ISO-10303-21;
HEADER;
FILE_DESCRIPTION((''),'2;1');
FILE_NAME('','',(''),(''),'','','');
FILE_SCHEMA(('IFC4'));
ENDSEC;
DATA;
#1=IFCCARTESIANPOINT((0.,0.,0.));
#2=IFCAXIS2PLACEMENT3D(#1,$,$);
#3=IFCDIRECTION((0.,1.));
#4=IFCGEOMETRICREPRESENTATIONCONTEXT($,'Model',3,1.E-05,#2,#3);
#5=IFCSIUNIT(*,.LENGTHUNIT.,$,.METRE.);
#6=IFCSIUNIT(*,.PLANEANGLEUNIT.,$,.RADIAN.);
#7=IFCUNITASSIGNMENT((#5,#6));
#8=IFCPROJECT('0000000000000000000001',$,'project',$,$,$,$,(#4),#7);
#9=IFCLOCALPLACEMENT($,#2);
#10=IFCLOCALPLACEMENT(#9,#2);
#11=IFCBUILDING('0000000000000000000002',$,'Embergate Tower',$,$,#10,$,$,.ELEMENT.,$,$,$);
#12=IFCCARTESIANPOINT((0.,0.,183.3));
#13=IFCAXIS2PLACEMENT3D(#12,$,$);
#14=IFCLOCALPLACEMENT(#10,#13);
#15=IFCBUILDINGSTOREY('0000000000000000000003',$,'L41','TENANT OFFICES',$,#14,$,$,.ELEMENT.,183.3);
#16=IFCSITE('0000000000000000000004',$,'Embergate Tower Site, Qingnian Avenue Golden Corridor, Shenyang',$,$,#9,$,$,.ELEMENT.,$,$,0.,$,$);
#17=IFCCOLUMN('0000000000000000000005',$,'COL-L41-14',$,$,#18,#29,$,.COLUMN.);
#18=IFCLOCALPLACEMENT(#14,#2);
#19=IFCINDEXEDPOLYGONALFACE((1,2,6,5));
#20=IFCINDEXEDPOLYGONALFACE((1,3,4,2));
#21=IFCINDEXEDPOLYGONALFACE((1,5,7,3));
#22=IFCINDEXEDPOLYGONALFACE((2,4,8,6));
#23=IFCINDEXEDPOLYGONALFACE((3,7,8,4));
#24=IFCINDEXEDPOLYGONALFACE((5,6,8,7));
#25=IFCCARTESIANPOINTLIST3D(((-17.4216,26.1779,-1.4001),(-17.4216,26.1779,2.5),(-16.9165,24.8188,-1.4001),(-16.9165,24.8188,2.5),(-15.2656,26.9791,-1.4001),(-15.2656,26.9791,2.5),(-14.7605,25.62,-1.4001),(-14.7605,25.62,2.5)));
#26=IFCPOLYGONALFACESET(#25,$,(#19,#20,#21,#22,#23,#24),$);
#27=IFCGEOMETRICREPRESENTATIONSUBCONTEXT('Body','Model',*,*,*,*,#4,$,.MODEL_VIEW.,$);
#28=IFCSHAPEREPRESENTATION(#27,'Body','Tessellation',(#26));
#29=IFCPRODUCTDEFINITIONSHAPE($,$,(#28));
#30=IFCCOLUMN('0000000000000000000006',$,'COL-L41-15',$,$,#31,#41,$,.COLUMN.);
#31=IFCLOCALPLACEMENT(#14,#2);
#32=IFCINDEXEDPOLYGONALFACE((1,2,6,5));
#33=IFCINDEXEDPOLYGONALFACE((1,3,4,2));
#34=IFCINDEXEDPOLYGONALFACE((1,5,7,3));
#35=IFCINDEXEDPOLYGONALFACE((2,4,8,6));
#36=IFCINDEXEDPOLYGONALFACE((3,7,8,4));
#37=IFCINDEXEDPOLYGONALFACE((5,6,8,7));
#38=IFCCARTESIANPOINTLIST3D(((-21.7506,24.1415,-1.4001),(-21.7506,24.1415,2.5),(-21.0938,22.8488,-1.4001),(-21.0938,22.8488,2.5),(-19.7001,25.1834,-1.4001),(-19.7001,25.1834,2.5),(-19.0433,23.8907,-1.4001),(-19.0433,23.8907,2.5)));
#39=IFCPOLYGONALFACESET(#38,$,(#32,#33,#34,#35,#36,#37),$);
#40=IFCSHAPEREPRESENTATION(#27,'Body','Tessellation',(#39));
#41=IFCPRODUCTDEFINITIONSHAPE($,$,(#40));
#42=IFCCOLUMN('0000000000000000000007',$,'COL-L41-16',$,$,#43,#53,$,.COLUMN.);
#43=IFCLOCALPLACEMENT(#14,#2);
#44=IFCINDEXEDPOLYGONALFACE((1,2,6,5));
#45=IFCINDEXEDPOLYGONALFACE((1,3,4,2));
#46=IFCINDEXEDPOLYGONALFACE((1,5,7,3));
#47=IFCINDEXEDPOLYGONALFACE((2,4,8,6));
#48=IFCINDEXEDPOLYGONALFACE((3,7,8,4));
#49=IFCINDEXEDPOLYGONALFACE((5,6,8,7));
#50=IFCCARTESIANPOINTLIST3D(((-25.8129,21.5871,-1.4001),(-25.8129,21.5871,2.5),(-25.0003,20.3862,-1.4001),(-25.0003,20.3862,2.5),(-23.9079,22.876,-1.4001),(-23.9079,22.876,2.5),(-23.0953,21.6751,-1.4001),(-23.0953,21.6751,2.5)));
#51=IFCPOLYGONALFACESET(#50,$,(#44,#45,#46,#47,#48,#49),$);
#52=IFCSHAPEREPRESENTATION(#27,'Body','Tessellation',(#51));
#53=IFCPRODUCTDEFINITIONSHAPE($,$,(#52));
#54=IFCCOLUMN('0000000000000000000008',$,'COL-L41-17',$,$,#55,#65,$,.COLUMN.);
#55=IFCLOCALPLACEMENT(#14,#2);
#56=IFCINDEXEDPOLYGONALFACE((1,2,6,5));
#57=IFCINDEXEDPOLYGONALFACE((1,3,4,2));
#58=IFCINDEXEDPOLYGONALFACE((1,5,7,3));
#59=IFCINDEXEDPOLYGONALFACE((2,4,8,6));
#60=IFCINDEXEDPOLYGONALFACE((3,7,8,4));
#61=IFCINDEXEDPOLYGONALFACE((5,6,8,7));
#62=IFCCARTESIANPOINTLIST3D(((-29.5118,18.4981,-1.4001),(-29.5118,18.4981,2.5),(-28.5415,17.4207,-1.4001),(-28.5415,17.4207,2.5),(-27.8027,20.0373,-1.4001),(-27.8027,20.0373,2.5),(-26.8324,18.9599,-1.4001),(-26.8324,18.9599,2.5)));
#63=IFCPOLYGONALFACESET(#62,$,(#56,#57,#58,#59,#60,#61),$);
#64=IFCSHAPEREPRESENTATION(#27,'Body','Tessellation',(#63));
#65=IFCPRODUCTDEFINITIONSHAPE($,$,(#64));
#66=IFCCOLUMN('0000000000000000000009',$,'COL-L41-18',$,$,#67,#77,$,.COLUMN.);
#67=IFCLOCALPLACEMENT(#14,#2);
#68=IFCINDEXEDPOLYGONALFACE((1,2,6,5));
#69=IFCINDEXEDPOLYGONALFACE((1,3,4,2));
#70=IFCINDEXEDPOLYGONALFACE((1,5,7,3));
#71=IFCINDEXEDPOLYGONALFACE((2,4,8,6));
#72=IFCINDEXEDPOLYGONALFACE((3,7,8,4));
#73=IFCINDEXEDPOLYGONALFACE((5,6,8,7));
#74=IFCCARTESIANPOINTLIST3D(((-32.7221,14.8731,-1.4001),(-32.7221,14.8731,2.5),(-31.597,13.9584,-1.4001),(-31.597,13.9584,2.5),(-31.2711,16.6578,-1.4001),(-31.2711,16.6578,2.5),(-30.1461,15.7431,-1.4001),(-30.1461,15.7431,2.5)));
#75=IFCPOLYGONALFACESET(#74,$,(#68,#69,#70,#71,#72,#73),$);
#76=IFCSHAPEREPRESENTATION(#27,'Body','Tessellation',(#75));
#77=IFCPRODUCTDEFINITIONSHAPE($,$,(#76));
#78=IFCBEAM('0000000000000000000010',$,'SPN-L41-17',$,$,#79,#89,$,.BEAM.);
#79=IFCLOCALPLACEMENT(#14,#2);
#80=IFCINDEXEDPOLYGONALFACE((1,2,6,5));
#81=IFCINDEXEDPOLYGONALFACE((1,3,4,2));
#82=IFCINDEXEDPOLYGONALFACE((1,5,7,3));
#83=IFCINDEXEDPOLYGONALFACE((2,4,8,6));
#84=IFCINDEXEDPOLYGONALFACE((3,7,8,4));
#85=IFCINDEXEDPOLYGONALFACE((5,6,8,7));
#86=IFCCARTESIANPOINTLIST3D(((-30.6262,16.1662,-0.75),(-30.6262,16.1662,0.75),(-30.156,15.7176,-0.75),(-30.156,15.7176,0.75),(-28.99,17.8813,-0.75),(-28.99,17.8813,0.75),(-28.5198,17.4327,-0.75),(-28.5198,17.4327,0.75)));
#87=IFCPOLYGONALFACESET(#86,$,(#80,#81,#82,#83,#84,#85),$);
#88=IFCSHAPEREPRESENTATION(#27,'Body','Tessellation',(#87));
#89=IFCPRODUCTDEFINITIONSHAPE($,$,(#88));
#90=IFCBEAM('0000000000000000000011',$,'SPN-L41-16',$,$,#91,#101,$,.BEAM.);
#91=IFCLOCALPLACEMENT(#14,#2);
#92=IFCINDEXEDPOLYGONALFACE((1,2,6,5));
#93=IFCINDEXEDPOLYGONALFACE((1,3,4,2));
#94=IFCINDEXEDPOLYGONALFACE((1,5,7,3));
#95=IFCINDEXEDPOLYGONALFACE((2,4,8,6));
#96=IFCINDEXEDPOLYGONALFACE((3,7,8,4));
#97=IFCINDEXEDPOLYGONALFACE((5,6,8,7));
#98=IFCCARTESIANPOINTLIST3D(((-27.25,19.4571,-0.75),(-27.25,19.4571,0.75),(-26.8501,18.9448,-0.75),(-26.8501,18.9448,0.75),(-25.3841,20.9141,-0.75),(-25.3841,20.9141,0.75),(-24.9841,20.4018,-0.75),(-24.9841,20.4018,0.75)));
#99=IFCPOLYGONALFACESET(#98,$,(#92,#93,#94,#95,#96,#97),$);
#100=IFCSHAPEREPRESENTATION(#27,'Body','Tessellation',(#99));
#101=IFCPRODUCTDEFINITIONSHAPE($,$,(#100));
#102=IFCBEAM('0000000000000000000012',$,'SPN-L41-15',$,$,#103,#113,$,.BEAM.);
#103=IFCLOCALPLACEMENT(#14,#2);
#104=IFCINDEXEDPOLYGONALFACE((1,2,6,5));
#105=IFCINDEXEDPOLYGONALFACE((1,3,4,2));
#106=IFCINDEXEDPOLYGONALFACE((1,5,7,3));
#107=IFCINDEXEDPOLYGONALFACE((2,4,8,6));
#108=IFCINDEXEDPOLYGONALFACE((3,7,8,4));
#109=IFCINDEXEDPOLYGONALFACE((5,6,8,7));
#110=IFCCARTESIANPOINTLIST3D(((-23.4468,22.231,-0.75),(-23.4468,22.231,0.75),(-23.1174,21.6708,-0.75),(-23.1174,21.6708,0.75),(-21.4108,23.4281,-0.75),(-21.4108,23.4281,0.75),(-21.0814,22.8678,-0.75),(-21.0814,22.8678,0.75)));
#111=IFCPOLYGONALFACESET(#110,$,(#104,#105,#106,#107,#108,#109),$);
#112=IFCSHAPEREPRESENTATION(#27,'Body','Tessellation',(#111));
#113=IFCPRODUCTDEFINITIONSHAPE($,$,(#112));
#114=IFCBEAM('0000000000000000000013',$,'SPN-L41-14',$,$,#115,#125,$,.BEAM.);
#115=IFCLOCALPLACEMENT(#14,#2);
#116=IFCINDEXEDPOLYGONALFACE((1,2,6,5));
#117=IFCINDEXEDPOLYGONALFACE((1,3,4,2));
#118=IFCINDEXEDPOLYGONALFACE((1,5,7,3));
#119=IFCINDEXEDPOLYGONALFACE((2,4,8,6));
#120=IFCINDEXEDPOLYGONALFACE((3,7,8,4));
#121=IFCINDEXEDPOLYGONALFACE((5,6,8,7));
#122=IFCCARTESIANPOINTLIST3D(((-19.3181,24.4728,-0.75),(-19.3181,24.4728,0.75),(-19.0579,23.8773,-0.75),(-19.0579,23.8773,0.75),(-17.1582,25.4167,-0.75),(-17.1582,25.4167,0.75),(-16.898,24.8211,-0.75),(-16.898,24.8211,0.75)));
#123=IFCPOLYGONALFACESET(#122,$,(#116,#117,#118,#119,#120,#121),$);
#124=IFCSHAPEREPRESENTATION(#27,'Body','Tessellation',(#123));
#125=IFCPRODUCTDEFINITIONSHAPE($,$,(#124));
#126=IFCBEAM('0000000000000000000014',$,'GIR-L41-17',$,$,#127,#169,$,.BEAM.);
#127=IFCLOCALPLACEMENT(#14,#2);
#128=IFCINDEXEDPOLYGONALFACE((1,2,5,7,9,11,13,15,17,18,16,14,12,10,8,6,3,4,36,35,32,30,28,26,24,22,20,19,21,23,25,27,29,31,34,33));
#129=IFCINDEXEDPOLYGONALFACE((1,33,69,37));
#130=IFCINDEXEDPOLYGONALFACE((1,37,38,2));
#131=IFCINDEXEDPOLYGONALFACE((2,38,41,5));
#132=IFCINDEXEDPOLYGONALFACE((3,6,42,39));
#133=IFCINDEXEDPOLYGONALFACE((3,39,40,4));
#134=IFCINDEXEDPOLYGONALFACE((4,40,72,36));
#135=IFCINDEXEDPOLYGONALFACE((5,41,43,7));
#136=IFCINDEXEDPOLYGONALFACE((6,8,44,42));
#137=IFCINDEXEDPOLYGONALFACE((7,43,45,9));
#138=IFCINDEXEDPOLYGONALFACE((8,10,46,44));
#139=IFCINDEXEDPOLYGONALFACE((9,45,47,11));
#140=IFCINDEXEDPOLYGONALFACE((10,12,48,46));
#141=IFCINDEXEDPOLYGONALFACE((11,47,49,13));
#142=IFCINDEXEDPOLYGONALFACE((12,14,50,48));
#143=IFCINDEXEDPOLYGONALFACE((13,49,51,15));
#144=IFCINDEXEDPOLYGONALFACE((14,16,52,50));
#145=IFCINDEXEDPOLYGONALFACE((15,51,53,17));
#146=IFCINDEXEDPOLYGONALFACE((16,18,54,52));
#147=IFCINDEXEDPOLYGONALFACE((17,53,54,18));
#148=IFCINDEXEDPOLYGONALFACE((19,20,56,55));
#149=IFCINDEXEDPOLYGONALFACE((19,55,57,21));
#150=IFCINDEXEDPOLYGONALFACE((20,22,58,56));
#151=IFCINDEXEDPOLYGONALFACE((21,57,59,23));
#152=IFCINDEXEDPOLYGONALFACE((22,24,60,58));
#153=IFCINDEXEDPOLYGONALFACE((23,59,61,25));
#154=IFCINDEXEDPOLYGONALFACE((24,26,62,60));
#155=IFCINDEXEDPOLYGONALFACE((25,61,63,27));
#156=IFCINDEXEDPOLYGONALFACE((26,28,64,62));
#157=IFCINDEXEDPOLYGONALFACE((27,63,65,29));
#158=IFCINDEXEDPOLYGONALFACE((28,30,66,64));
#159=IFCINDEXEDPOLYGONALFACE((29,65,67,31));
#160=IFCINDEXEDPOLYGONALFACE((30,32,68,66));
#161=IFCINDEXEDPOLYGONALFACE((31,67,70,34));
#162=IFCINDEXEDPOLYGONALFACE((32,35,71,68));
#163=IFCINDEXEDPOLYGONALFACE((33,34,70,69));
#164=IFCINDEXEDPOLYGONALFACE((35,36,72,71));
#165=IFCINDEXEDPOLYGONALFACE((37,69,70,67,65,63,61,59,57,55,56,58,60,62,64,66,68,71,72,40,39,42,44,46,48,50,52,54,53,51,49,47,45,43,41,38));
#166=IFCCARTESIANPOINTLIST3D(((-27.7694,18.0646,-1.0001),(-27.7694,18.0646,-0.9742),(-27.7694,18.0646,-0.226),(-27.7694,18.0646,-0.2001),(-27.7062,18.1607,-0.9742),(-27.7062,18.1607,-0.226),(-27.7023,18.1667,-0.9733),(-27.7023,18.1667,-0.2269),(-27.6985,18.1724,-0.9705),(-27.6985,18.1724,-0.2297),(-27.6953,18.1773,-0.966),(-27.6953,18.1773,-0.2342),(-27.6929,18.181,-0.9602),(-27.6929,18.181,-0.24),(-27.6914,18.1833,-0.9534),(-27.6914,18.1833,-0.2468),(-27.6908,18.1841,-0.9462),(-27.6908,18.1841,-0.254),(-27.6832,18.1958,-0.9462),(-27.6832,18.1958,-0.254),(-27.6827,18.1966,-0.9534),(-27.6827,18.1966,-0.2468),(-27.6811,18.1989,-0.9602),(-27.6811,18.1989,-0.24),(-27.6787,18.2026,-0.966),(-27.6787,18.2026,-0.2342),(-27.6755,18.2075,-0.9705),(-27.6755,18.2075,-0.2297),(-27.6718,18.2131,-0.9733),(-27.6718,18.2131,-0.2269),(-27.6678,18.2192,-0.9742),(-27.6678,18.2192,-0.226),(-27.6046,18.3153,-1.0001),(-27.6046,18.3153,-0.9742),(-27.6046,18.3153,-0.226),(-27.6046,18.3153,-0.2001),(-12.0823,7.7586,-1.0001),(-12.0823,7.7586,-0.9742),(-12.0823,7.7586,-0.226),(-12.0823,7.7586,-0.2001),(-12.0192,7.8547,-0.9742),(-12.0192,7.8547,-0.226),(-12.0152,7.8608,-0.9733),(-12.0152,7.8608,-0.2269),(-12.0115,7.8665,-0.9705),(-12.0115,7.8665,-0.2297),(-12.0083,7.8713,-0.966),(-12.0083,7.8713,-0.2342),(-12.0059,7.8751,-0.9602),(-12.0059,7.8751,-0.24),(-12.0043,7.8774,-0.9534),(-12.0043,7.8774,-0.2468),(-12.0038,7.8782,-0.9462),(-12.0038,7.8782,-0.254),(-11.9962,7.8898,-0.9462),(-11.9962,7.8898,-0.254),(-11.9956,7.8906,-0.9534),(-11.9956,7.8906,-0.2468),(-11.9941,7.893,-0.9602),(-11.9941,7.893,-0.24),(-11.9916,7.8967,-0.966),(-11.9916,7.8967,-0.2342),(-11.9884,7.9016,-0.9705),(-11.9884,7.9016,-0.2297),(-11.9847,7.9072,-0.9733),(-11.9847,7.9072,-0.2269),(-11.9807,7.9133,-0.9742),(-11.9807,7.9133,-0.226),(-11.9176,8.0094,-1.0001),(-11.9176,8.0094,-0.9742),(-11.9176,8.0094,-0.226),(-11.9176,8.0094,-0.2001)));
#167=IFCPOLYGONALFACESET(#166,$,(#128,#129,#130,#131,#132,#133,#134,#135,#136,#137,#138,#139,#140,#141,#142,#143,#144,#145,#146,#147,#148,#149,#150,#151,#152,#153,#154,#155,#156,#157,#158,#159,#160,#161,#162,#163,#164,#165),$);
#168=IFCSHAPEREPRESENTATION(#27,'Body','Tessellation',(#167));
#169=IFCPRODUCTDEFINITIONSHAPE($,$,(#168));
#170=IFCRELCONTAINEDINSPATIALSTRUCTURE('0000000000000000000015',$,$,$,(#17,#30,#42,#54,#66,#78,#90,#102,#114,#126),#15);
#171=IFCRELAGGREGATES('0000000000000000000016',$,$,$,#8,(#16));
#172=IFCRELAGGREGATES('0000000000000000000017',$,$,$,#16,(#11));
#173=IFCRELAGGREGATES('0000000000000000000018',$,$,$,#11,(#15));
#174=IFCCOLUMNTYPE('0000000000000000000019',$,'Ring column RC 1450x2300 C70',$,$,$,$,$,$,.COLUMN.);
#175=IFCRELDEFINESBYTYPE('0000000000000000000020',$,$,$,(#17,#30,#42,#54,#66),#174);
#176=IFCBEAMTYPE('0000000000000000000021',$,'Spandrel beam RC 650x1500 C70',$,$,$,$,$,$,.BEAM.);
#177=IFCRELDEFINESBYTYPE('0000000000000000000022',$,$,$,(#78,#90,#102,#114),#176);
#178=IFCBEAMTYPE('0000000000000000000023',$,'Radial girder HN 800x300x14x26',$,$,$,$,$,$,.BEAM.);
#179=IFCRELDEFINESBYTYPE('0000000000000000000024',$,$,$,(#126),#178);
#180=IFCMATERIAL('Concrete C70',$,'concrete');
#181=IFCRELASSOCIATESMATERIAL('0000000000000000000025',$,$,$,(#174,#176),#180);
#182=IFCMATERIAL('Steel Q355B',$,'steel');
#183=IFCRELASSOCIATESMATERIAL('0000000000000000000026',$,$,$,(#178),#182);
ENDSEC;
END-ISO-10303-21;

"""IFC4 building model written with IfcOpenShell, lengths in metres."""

from ifc_helpers import new_model, si_unit, direction, frame, origin, origin_2d, place, context, subcontext, project, spatial, rectangle, i_section, extrude, source, transform, mapped, material, material_profile, profile_set, type_object, element, save


model = new_model("IFC4")

# Units and contexts
model_context = context("Model", 3, precision=1e-05, world=origin(), true_north=direction((0.0, 1.0)))
body_context = subcontext(model_context, "Body", "Model", "MODEL_VIEW")
ifc_project = project(units=[si_unit("LENGTHUNIT", "METRE"), si_unit("PLANEANGLEUNIT", "RADIAN")], contexts=[model_context])

# Site, building, storey
site_placement = place(None, origin())
site = spatial("IfcSite", under=ifc_project, at=site_placement, Name="Embergate Tower Site, Qingnian Avenue Golden Corridor, Shenyang", CompositionType="ELEMENT", RefElevation=0.0)
building_placement = place(site_placement, origin())
building = spatial("IfcBuilding", under=site, at=building_placement, Name="Embergate Tower", CompositionType="ELEMENT")
storey_placement = place(building_placement, frame((0.0, 0.0, 183.3)))
storey = spatial("IfcBuildingStorey", under=building, at=storey_placement, Name="L41", Description="TENANT OFFICES", CompositionType="ELEMENT", Elevation=183.3)

# Columns
ifc_material_1 = material(Name="Concrete C70", Category="concrete")
ifc_material_profile_1 = material_profile(ifc_material_1, rectangle(XDim=1.45, YDim=2.3, at=origin_2d()), Name="RC 1450x2300")
ifc_profile_set_1 = profile_set([ifc_material_profile_1], Name="Concrete C70")
column_type = type_object("IfcColumnType", Name="Ring column RC 1450x2300 C70", PredefinedType="COLUMN", material=ifc_profile_set_1)
shared_shape_1 = source(origin(), body_context, "Body", "SweptSolid", [
    extrude(rectangle(XDim=1.45, YDim=2.3, at=origin_2d()), origin(), (0.0, 0.0, 1.0), 3.9001),
])
for number, where, z_axis, x_axis, name in (
    (1, (-16.0911, 25.8989, -1.4001), (0.0, 0.0, 1.0), (-0.348343, 0.937367, 0.0), "COL-L41-14"),
    (2, (-20.397, 24.0161, -1.4001), (0.0, 0.0, 1.0), (-0.452995, 0.891513, 0.0), "COL-L41-15"),
    (3, (-24.4541, 21.6311, -1.4001), (0.0, 0.0, 1.0), (-0.560393, 0.828227, 0.0), "COL-L41-16"),
    (4, (-28.1721, 18.729, -1.4001), (0.0, 0.0, 1.0), (-0.669208, 0.743075, 0.0), "COL-L41-17"),
    (5, (-31.4341, 15.3081, -1.4001), (0.0, 0.0, 1.0), (-0.775914, 0.630838, 0.0), "COL-L41-18"),
):
    element("IfcColumn", number, at=place(storey_placement, frame(where, z_axis=z_axis, x_axis=x_axis)), inside=storey, type_object=column_type, Name=name, PredefinedType="COLUMN", context=body_context, shape_type="MappedRepresentation", body=[
        mapped(shared_shape_1, transform((0.0, 0.0, 0.0))),
    ])

# Beams
ifc_material_profile_2 = material_profile(ifc_material_1, rectangle(XDim=0.6499, YDim=1.5, at=origin_2d()), Name="RC 650x1500")
ifc_profile_set_2 = profile_set([ifc_material_profile_2], Name="Concrete C70")
beam_type_1 = type_object("IfcBeamType", Name="Spandrel beam RC 650x1500 C70", PredefinedType="BEAM", material=ifc_profile_set_2)
shared_shape_2 = source(origin(), body_context, "Body", "SweptSolid", [
    extrude(rectangle(XDim=0.6499, YDim=1.5, at=origin_2d()), origin(), (0.0, 0.0, 1.0), 2.3704),
])
beam_1_placement = place(storey_placement, frame((-28.7549, 17.657, 0.0), z_axis=(-0.690277, -0.723545, 0.0), x_axis=(0.723545, -0.690277, 0.0)))
element("IfcBeam", 6, at=beam_1_placement, inside=storey, type_object=beam_type_1, Name="SPN-L41-17", PredefinedType="BEAM", context=body_context, shape_type="MappedRepresentation", body=[
    mapped(shared_shape_2, transform((0.0, 0.0, 0.0))),
])
shared_shape_3 = source(origin(), body_context, "Body", "SweptSolid", [
    extrude(rectangle(XDim=0.6499, YDim=1.5, at=origin_2d()), origin(), (0.0, 0.0, 1.0), 2.3674),
])
beam_2_placement = place(storey_placement, frame((-25.1841, 20.658, 0.0), z_axis=(-0.788179, -0.615446, 0.0), x_axis=(0.615446, -0.788179, 0.0)))
element("IfcBeam", 7, at=beam_2_placement, inside=storey, type_object=beam_type_1, Name="SPN-L41-16", PredefinedType="BEAM", context=body_context, shape_type="MappedRepresentation", body=[
    mapped(shared_shape_3, transform((0.0, 0.0, 0.0))),
])
shared_shape_4 = source(origin(), body_context, "Body", "SweptSolid", [
    extrude(rectangle(XDim=0.6499, YDim=1.5, at=origin_2d()), origin(), (0.0, 0.0, 1.0), 2.3618),
])
beam_3_placement = place(storey_placement, frame((-21.2461, 23.1479, 0.0), z_axis=(-0.862038, -0.506844, 0.0), x_axis=(0.506844, -0.862038, 0.0)))
element("IfcBeam", 8, at=beam_3_placement, inside=storey, type_object=beam_type_1, Name="SPN-L41-15", PredefinedType="BEAM", context=body_context, shape_type="MappedRepresentation", body=[
    mapped(shared_shape_4, transform((0.0, 0.0, 0.0))),
])
shared_shape_5 = source(origin(), body_context, "Body", "SweptSolid", [
    extrude(rectangle(XDim=0.6499, YDim=1.5, at=origin_2d()), origin(), (0.0, 0.0, 1.0), 2.3572),
])
beam_4_placement = place(storey_placement, frame((-17.0281, 25.1189, 0.0), z_axis=(-0.916331, -0.400422, 0.0), x_axis=(0.400422, -0.916331, 0.0)))
element("IfcBeam", 9, at=beam_4_placement, inside=storey, type_object=beam_type_1, Name="SPN-L41-14", PredefinedType="BEAM", context=body_context, shape_type="MappedRepresentation", body=[
    mapped(shared_shape_5, transform((0.0, 0.0, 0.0))),
])
ifc_material_2 = material(Name="Steel Q355B", Category="steel")
ifc_material_profile_3 = material_profile(ifc_material_2, i_section(OverallWidth=0.3, OverallDepth=0.8, WebThickness=0.0139, FlangeThickness=0.0259, FilletRadius=0.0281, at=origin_2d()), Name="HN 800x300x14x26")
ifc_profile_set_3 = profile_set([ifc_material_profile_3], Name="Steel Q355 grade B")
beam_type_2 = type_object("IfcBeamType", Name="Radial girder HN 800x300x14x26", PredefinedType="BEAM", material=ifc_profile_set_3)
shared_shape_6 = source(origin(), body_context, "Body", "SweptSolid", [
    extrude(i_section(OverallWidth=0.3, OverallDepth=0.8, WebThickness=0.0139, FlangeThickness=0.0259, FilletRadius=0.0281, at=origin_2d()), origin(), (0.0, 0.0, 1.0), 18.7695),
])
beam_5_placement = place(storey_placement, frame((-27.687, 18.1899, -0.6001), z_axis=(0.835771, -0.549077, 0.0), x_axis=(0.549077, 0.835771, 0.0)))
element("IfcBeam", 10, at=beam_5_placement, inside=storey, type_object=beam_type_2, Name="GIR-L41-17", PredefinedType="BEAM", context=body_context, shape_type="MappedRepresentation", body=[
    mapped(shared_shape_6, transform((0.0, 0.0, 0.0))),
])

save(model, "model.ifc")
